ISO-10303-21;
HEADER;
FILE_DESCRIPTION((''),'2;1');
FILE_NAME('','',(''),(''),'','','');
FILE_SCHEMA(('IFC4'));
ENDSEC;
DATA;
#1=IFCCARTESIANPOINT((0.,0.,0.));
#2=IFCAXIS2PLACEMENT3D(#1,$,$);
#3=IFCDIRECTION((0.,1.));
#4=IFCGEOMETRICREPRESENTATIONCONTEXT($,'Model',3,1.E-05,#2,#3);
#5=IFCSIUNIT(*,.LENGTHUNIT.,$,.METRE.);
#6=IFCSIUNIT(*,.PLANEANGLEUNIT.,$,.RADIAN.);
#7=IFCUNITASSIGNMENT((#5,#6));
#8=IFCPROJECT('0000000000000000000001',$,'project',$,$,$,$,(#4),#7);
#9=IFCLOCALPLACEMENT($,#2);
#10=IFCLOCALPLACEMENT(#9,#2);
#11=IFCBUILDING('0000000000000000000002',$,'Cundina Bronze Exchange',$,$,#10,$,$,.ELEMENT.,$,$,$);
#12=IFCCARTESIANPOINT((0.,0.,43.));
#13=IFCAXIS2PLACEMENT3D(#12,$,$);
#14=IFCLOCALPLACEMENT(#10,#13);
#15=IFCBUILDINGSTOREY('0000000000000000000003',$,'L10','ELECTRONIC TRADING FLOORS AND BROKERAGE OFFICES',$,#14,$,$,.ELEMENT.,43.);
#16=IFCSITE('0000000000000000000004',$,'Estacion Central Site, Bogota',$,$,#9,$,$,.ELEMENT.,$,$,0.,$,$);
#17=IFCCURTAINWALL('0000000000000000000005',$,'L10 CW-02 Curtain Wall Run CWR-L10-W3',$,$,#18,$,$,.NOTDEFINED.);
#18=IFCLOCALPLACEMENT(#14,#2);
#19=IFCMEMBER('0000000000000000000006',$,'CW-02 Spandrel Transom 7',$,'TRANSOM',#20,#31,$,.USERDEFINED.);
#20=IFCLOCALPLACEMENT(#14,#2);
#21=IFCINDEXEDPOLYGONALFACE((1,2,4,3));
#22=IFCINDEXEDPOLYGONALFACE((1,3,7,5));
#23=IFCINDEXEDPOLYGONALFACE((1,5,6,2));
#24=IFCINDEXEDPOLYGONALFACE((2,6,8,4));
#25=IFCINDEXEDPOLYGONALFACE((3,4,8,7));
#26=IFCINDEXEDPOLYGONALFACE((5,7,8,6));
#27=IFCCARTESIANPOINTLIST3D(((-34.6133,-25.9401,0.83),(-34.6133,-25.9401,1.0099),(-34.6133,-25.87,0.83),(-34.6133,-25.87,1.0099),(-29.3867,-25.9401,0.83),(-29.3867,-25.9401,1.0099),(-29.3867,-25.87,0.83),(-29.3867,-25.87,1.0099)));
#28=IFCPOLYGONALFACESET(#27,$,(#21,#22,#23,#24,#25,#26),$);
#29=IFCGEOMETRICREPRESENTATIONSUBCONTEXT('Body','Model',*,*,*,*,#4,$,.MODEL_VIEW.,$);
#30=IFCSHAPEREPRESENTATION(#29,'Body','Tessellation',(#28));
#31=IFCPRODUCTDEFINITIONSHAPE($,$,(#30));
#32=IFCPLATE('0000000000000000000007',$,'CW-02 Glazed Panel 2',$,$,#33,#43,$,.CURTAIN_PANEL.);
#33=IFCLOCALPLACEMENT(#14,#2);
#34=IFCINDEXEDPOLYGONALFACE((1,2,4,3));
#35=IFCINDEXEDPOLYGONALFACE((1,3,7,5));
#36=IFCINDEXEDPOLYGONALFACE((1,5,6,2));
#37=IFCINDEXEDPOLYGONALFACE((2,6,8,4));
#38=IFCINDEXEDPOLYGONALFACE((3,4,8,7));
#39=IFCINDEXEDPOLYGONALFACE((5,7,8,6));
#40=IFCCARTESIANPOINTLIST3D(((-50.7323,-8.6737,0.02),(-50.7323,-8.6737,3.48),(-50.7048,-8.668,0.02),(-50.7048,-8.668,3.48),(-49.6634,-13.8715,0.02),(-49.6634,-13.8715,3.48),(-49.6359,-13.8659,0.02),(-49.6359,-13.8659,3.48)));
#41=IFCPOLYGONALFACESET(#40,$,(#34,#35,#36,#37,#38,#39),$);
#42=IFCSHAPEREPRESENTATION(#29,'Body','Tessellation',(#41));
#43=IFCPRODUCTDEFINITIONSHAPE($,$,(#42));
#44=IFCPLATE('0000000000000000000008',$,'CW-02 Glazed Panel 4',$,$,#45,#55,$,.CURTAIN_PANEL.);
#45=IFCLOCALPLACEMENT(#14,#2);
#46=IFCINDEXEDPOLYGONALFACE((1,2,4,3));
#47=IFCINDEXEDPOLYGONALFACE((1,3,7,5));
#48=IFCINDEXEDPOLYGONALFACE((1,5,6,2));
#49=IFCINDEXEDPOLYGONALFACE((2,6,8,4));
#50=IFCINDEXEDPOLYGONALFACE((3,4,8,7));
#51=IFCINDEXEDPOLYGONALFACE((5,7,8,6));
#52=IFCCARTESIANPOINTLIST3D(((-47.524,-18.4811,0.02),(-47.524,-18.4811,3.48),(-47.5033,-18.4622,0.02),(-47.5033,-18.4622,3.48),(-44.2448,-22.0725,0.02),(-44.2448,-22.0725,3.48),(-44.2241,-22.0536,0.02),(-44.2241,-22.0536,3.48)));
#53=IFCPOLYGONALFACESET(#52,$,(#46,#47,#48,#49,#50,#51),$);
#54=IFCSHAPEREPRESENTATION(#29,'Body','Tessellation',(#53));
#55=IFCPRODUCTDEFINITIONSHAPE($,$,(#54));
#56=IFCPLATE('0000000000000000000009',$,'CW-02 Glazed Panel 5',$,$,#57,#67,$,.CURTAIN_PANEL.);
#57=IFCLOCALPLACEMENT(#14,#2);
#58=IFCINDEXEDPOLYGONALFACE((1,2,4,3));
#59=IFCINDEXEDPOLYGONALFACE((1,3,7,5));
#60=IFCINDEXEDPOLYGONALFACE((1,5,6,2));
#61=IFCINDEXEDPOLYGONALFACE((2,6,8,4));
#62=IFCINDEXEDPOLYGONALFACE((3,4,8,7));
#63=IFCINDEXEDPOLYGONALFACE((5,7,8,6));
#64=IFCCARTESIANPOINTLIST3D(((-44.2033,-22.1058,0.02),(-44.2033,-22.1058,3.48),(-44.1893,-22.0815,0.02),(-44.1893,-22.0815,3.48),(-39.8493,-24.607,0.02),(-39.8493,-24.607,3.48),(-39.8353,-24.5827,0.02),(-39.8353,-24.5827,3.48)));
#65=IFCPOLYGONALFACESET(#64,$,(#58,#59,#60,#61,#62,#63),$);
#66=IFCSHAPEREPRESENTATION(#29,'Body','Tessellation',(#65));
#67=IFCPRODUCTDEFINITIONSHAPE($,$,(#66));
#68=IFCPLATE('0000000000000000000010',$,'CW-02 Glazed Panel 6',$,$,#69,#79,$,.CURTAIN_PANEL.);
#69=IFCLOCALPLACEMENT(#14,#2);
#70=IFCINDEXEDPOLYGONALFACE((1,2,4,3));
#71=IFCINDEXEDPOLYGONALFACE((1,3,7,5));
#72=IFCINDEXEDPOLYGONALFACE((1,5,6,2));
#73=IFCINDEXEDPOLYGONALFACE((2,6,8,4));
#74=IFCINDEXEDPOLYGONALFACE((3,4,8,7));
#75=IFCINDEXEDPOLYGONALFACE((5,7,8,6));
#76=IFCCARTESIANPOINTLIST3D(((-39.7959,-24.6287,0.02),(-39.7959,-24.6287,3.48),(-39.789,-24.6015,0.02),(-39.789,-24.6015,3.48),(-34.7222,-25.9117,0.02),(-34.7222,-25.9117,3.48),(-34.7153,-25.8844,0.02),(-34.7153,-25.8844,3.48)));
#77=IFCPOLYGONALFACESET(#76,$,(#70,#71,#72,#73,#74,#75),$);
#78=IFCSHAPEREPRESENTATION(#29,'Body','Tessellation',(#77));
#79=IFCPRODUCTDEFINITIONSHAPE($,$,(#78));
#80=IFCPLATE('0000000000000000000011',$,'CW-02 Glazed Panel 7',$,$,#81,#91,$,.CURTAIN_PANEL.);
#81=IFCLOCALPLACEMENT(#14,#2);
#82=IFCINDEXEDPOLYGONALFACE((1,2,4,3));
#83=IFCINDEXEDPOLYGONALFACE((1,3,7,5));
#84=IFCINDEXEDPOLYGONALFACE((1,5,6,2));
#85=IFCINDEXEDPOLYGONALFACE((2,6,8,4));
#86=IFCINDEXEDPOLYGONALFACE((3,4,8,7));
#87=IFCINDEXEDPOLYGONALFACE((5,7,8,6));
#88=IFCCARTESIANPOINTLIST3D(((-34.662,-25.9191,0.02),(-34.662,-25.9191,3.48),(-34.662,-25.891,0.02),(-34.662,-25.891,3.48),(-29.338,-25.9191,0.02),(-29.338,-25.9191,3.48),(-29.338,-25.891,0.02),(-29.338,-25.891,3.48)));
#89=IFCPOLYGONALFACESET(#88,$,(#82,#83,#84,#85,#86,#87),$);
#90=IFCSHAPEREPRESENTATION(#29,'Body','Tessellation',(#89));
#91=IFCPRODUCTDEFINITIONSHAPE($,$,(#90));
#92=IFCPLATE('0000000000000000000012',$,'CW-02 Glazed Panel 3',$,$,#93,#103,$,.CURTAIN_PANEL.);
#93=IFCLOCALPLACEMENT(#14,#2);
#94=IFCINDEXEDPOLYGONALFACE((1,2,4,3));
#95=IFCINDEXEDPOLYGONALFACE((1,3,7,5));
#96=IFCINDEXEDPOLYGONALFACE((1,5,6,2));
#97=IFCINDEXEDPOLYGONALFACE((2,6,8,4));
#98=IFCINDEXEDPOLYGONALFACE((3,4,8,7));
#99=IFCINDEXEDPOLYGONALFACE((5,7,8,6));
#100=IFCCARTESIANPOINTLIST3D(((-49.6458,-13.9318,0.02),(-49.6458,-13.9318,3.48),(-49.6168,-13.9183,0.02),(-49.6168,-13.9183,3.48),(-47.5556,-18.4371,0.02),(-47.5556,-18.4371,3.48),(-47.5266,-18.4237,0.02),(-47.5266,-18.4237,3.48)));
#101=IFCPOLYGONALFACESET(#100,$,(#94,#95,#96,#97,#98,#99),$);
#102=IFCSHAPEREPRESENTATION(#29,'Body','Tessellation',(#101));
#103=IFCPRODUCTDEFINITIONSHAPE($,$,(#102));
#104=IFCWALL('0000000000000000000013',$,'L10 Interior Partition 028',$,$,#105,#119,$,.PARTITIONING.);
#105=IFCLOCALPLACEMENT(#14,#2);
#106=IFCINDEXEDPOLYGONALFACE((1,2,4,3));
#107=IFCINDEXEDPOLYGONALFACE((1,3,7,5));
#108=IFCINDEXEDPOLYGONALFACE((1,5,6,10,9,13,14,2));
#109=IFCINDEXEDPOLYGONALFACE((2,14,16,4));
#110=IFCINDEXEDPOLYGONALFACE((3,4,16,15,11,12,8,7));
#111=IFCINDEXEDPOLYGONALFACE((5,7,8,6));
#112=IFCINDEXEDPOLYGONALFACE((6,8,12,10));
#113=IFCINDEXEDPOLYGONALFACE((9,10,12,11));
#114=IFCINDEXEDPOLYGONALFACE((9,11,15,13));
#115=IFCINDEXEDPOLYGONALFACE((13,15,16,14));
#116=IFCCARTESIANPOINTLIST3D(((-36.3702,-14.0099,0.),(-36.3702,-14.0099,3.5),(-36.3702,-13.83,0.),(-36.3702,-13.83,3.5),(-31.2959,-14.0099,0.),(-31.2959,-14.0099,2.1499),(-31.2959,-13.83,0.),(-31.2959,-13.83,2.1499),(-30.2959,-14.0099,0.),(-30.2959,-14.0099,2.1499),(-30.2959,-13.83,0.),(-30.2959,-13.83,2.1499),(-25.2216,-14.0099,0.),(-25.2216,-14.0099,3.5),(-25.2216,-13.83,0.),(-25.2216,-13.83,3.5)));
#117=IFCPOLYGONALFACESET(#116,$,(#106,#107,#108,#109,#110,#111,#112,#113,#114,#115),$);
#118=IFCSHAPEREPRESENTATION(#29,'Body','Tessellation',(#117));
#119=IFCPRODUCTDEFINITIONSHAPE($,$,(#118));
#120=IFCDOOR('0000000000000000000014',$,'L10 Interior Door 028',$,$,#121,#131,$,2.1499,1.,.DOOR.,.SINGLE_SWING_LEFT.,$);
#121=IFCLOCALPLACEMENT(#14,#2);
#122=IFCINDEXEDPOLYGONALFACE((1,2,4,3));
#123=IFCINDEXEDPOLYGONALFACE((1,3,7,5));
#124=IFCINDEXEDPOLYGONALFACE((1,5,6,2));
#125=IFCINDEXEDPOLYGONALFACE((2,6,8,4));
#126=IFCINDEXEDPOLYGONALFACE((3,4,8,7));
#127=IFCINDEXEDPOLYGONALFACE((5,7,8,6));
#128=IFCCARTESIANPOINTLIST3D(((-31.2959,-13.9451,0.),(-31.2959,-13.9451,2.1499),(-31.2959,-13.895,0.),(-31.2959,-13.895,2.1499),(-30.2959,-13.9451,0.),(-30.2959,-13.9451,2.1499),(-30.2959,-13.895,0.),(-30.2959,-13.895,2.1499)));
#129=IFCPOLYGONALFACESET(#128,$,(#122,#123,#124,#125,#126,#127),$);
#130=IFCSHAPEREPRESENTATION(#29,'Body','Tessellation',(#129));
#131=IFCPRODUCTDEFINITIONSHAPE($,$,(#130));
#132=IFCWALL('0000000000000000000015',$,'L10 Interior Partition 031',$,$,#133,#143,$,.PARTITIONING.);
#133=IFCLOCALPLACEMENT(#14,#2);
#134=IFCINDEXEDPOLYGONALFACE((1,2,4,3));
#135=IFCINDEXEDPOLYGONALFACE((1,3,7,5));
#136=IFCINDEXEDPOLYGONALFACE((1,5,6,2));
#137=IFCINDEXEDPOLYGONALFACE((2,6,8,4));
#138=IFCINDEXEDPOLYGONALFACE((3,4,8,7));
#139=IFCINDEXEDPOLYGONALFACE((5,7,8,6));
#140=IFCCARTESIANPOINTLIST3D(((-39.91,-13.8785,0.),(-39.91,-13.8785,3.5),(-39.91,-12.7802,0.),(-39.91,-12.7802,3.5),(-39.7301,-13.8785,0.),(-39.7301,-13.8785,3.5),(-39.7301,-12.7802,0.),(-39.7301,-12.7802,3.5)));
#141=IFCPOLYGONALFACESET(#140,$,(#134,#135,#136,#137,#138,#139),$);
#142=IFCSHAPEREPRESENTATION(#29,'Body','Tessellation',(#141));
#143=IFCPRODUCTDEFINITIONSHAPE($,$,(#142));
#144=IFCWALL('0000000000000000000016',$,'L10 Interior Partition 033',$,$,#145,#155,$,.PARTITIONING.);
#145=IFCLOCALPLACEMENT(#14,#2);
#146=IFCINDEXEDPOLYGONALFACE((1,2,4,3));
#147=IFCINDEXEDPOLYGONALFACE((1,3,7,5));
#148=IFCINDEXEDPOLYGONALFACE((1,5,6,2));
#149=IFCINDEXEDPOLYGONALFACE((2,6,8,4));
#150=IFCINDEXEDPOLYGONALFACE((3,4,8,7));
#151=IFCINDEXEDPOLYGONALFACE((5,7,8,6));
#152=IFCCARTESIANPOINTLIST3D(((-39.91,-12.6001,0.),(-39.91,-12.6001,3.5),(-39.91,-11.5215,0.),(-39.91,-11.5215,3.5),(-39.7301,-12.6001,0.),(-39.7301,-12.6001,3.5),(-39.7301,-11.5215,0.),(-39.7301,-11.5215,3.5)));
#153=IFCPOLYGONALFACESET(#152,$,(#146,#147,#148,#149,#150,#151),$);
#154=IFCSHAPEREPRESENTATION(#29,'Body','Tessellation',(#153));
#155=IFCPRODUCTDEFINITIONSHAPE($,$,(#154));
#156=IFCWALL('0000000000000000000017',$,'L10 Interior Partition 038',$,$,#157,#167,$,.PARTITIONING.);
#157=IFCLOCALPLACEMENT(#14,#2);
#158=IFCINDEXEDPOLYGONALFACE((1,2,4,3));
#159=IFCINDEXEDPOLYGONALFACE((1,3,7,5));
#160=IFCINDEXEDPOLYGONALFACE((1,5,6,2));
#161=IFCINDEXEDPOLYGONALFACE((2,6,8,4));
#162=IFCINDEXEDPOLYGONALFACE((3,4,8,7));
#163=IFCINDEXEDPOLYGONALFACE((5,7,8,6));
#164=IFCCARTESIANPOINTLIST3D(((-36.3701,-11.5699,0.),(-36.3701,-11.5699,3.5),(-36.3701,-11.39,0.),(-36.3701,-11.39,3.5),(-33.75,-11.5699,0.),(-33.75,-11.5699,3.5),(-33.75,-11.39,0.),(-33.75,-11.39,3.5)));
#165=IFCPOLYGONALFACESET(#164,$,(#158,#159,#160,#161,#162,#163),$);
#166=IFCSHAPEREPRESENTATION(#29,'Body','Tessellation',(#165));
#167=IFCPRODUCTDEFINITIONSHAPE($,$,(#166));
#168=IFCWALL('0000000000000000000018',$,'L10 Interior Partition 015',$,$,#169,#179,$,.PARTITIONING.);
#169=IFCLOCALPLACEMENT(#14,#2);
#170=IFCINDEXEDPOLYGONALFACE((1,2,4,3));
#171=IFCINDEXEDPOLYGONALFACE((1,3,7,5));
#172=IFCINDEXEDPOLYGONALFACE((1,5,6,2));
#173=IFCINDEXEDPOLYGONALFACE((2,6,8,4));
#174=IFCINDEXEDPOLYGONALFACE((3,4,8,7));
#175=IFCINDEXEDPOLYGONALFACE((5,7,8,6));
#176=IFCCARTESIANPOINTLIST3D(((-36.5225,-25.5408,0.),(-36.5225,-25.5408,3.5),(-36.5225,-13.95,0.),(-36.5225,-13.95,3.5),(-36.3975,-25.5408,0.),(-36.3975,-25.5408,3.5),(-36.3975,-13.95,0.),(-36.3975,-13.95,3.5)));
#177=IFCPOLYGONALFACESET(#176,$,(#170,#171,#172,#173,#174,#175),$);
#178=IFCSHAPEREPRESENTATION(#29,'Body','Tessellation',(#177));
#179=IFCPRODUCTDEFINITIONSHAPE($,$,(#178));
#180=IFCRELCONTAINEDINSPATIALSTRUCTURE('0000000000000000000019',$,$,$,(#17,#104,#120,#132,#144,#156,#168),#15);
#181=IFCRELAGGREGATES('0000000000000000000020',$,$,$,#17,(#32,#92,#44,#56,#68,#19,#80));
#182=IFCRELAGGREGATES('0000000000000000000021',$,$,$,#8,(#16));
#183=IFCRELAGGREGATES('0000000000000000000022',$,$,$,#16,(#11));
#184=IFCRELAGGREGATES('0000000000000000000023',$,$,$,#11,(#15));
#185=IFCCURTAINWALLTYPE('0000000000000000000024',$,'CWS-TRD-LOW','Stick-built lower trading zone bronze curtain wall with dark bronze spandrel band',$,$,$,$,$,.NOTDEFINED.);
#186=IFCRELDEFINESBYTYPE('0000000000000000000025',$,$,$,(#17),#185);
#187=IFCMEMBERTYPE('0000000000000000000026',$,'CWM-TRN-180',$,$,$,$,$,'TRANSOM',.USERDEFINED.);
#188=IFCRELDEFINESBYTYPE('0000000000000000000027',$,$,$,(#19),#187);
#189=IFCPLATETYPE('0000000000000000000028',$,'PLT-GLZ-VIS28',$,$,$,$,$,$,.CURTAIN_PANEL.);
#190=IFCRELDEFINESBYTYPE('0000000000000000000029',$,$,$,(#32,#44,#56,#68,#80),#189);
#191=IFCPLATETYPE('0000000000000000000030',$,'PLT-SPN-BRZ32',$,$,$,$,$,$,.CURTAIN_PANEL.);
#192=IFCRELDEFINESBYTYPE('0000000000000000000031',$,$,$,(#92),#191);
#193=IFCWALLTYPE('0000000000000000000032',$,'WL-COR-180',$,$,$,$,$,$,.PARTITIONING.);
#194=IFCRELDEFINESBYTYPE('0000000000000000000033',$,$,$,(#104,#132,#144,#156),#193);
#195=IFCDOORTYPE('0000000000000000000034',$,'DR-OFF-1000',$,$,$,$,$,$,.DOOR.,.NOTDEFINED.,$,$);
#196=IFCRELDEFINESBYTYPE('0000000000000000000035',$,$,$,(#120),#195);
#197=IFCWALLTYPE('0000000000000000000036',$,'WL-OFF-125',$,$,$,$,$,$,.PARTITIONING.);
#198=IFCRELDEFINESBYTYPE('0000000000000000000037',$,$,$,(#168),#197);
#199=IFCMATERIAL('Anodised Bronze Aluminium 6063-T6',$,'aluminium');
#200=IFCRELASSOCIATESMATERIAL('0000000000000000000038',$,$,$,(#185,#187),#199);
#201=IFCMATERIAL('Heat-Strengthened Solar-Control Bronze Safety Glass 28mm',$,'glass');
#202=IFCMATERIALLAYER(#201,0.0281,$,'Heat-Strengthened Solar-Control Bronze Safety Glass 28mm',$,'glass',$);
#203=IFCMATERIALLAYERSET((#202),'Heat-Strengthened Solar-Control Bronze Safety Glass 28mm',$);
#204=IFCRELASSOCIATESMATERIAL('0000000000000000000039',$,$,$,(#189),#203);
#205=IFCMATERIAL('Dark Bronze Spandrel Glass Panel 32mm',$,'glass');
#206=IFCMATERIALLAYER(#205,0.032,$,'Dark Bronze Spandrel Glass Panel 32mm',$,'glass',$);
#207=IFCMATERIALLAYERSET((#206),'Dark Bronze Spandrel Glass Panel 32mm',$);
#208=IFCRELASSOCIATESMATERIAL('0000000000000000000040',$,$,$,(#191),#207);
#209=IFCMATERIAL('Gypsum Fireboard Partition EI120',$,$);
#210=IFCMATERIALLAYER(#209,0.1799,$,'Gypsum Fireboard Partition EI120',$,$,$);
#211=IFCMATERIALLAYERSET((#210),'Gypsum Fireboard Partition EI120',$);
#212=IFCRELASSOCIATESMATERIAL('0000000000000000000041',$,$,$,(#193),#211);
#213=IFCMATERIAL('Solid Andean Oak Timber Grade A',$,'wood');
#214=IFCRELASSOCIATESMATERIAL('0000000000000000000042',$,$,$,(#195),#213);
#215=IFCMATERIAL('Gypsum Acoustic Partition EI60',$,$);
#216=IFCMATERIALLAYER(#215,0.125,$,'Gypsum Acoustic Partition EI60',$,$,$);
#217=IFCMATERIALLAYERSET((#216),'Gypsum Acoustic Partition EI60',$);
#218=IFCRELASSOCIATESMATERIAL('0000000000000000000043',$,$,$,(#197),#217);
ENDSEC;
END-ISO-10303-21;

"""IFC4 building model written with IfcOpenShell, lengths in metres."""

from ifc_helpers import new_model, si_unit, direction, frame, frame_2d, origin, origin_2d, place, context, subcontext, project, spatial, rectangle, extrude, material, layer, layer_set, material_profile, profile_set, type_object, element, fill, aggregate, save


model = new_model("IFC4")

# Units and contexts
model_context = context("Model", 3, precision=1e-05, world=origin(), true_north=direction((0.0, 1.0)))
body_context = subcontext(model_context, "Body", "Model", "MODEL_VIEW")
ifc_project = project(units=[si_unit("LENGTHUNIT", "METRE"), si_unit("PLANEANGLEUNIT", "RADIAN")], contexts=[model_context])

# Site, building, storey
site_placement = place(None, origin())
site = spatial("IfcSite", under=ifc_project, at=site_placement, Name="Estacion Central Site, Bogota", CompositionType="ELEMENT", RefElevation=0.0)
building_placement = place(site_placement, origin())
building = spatial("IfcBuilding", under=site, at=building_placement, Name="Cundina Bronze Exchange", CompositionType="ELEMENT")
storey_placement = place(building_placement, frame((0.0, 0.0, 43.0)))
storey = spatial("IfcBuildingStorey", under=building, at=storey_placement, Name="L10", Description="ELECTRONIC TRADING FLOORS AND BROKERAGE OFFICES", CompositionType="ELEMENT", Elevation=43.0)

# Curtain wall, member, plates
ifc_material_1 = material(Name="Anodised Bronze Aluminium 6063-T6", Category="aluminium")
curtain_wall_type = type_object("IfcCurtainWallType", Name="CWS-TRD-LOW", Description="Stick-built lower trading zone bronze curtain wall with dark bronze spandrel band", PredefinedType="NOTDEFINED", material=ifc_material_1)
curtain_wall_placement = place(storey_placement, origin())
curtain_wall = element("IfcCurtainWall", 1, at=curtain_wall_placement, inside=storey, type_object=curtain_wall_type, Name="L10 CW-02 Curtain Wall Run CWR-L10-W3", PredefinedType="NOTDEFINED")
ifc_material_profile_1 = material_profile(ifc_material_1, rectangle(XDim=0.0701, YDim=0.1799, at=origin_2d()), Name="AL70X180", Category="aluminium")
ifc_profile_set_1 = profile_set([ifc_material_profile_1], Name="Anodised Bronze Aluminium 6063-T6")
member_type_1 = type_object("IfcMemberType", Name="CWM-TRN-180", ElementType="TRANSOM", PredefinedType="USERDEFINED", material=ifc_profile_set_1)
member_1_placement = place(storey_placement, frame((-34.6133, -25.905, 0.9199), z_axis=(1.0, 0.0, 0.0), x_axis=(0.0, 1.0, 0.0)))
member_1 = element("IfcMember", 2, at=member_1_placement, type_object=member_type_1, Name="CW-02 Spandrel Transom 7", ObjectType="TRANSOM", PredefinedType="USERDEFINED", context=body_context, shape_type="SweptSolid", body=[
    extrude(rectangle(XDim=0.0701, YDim=0.1799, at=origin_2d()), origin(), (0.0, 0.0, 1.0), 5.2266),
])
ifc_material_2 = material(Name="Heat-Strengthened Solar-Control Bronze Safety Glass 28mm", Category="glass")
ifc_layer_1 = layer(ifc_material_2, 0.0281, Name="Heat-Strengthened Solar-Control Bronze Safety Glass 28mm", Category="glass")
ifc_layer_set_1 = layer_set([ifc_layer_1], Name="Heat-Strengthened Solar-Control Bronze Safety Glass 28mm")
plate_type_1 = type_object("IfcPlateType", Name="PLT-GLZ-VIS28", PredefinedType="CURTAIN_PANEL", material=ifc_layer_set_1)
plate_1_placement = place(storey_placement, frame((-50.1841, -11.2698, 0.02), z_axis=(0.0, 0.0, 1.0), x_axis=(0.20142, -0.979505, 0.0)))
plate_1 = element("IfcPlate", 3, at=plate_1_placement, type_object=plate_type_1, Name="CW-02 Glazed Panel 2", PredefinedType="CURTAIN_PANEL", context=body_context, shape_type="SweptSolid", body=[
    extrude(rectangle(XDim=5.3066, YDim=0.0281, at=origin_2d()), origin(), (0.0, 0.0, 1.0), 3.46),
])
plate_2_placement = place(storey_placement, frame((-45.874, -20.2673, 0.02), z_axis=(0.0, 0.0, 1.0), x_axis=(0.674277, -0.738479, 0.0)))
plate_2 = element("IfcPlate", 4, at=plate_2_placement, type_object=plate_type_1, Name="CW-02 Glazed Panel 4", PredefinedType="CURTAIN_PANEL", context=body_context, shape_type="SweptSolid", body=[
    extrude(rectangle(XDim=4.8633, YDim=0.0281, at=origin_2d()), origin(), (0.0, 0.0, 1.0), 3.46),
])
plate_3_placement = place(storey_placement, frame((-42.0193, -23.3442, 0.02), z_axis=(0.0, 0.0, 1.0), x_axis=(0.867105, -0.498125, 0.0)))
plate_3 = element("IfcPlate", 5, at=plate_3_placement, type_object=plate_type_1, Name="CW-02 Glazed Panel 5", PredefinedType="CURTAIN_PANEL", context=body_context, shape_type="SweptSolid", body=[
    extrude(rectangle(XDim=5.0212, YDim=0.0281, at=origin_2d()), origin(), (0.0, 0.0, 1.0), 3.46),
])
plate_4_placement = place(storey_placement, frame((-37.2556, -25.2566, 0.02), z_axis=(0.0, 0.0, 1.0), x_axis=(0.969488, -0.245138, 0.0)))
plate_4 = element("IfcPlate", 6, at=plate_4_placement, type_object=plate_type_1, Name="CW-02 Glazed Panel 6", PredefinedType="CURTAIN_PANEL", context=body_context, shape_type="SweptSolid", body=[
    extrude(rectangle(XDim=5.2334, YDim=0.0281, at=origin_2d()), origin(), (0.0, 0.0, 1.0), 3.46),
])
plate_5_placement = place(storey_placement, frame((-32.0, -25.905, 0.02), z_axis=(0.0, 0.0, 1.0), x_axis=(1.0, 0.0, 0.0)))
plate_5 = element("IfcPlate", 7, at=plate_5_placement, type_object=plate_type_1, Name="CW-02 Glazed Panel 7", PredefinedType="CURTAIN_PANEL", context=body_context, shape_type="SweptSolid", body=[
    extrude(rectangle(XDim=5.324, YDim=0.0281, at=origin_2d()), origin(), (0.0, 0.0, 1.0), 3.46),
])
ifc_material_3 = material(Name="Dark Bronze Spandrel Glass Panel 32mm", Category="glass")
ifc_layer_2 = layer(ifc_material_3, 0.032, Name="Dark Bronze Spandrel Glass Panel 32mm", Category="glass")
ifc_layer_set_2 = layer_set([ifc_layer_2], Name="Dark Bronze Spandrel Glass Panel 32mm")
plate_type_2 = type_object("IfcPlateType", Name="PLT-SPN-BRZ32", PredefinedType="CURTAIN_PANEL", material=ifc_layer_set_2)
plate_6_placement = place(storey_placement, frame((-48.5862, -16.1777, 0.02), z_axis=(0.0, 0.0, 1.0), x_axis=(0.420846, -0.907132, 0.0)))
plate_6 = element("IfcPlate", 8, at=plate_6_placement, type_object=plate_type_2, Name="CW-02 Glazed Panel 3", PredefinedType="CURTAIN_PANEL", context=body_context, shape_type="SweptSolid", body=[
    extrude(rectangle(XDim=4.9666, YDim=0.032, at=origin_2d()), origin(), (0.0, 0.0, 1.0), 3.46),
])
aggregate(curtain_wall, [plate_1, plate_6, plate_2, plate_3, plate_4, member_1, plate_5])

# Wall, opening, door
ifc_material_4 = material(Name="Gypsum Fireboard Partition EI120")
ifc_layer_3 = layer(ifc_material_4, 0.1799, Name="Gypsum Fireboard Partition EI120")
ifc_layer_set_3 = layer_set([ifc_layer_3], Name="Gypsum Fireboard Partition EI120")
wall_type_1 = type_object("IfcWallType", Name="WL-COR-180", PredefinedType="PARTITIONING", material=ifc_layer_set_3)
wall_1_placement = place(storey_placement, frame((-36.3701, -13.9199, 0.0), z_axis=(0.0, 0.0, 1.0), x_axis=(1.0, 0.0, 0.0)))
wall_1 = element("IfcWall", 9, at=wall_1_placement, inside=storey, type_object=wall_type_1, Name="L10 Interior Partition 028", PredefinedType="PARTITIONING", context=body_context, shape_type="SweptSolid", body=[
    extrude(rectangle(XDim=11.1487, YDim=0.1799, at=frame_2d((5.5742, 0.0))), origin(), (0.0, 0.0, 1.0), 3.5),
])
opening_1_placement = place(wall_1_placement, frame((5.0742, 0.0, 0.0)))
opening_1 = element("IfcOpeningElement", 10, at=opening_1_placement, cuts=wall_1, PredefinedType="OPENING", context=body_context, shape_type="SweptSolid", body=[
    extrude(rectangle(XDim=1.0, YDim=2.1499, at=frame_2d((0.5, 1.075))), frame((0.0, 0.0999, 0.0), z_axis=(0.0, -1.0, 0.0), x_axis=(1.0, 0.0, 0.0)), (0.0, 0.0, 1.0), 0.2),
])
ifc_material_5 = material(Name="Solid Andean Oak Timber Grade A", Category="wood")
door_type = type_object("IfcDoorType", Name="DR-OFF-1000", OperationType="NOTDEFINED", PredefinedType="DOOR", material=ifc_material_5)
door_1_placement = place(opening_1_placement, origin())
door_1 = element("IfcDoor", 11, at=door_1_placement, inside=storey, type_object=door_type, Name="L10 Interior Door 028", OperationType="SINGLE_SWING_LEFT", OverallHeight=2.1499, OverallWidth=1.0, PredefinedType="DOOR", context=body_context, shape_type="SweptSolid", body=[
    extrude(rectangle(XDim=1.0, YDim=2.1499, at=frame_2d((0.5, 1.075))), frame((0.0, 0.0249, 0.0), z_axis=(0.0, -1.0, 0.0), x_axis=(1.0, 0.0, 0.0)), (0.0, 0.0, 1.0), 0.05),
])
fill(opening_1, door_1)

# Wall
wall_2_placement = place(storey_placement, frame((-39.8201, -12.78, 0.0), z_axis=(0.0, 0.0, 1.0), x_axis=(0.0, -1.0, 0.0)))
element("IfcWall", 12, at=wall_2_placement, inside=storey, type_object=wall_type_1, Name="L10 Interior Partition 031", PredefinedType="PARTITIONING", context=body_context, shape_type="SweptSolid", body=[
    extrude(rectangle(XDim=1.0984, YDim=0.1799, at=frame_2d((0.5493, 0.0))), origin(), (0.0, 0.0, 1.0), 3.5),
])

# Walls
wall_3_placement = place(storey_placement, frame((-39.8201, -11.5215, 0.0), z_axis=(0.0, 0.0, 1.0), x_axis=(0.0, -1.0, 0.0)))
element("IfcWall", 13, at=wall_3_placement, inside=storey, type_object=wall_type_1, Name="L10 Interior Partition 033", PredefinedType="PARTITIONING", context=body_context, shape_type="SweptSolid", body=[
    extrude(rectangle(XDim=1.0786, YDim=0.1799, at=frame_2d((0.5393, 0.0))), origin(), (0.0, 0.0, 1.0), 3.5),
])
wall_4_placement = place(storey_placement, frame((-33.75, -11.48, 0.0), z_axis=(0.0, 0.0, 1.0), x_axis=(-1.0, 0.0, 0.0)))
element("IfcWall", 14, at=wall_4_placement, inside=storey, type_object=wall_type_1, Name="L10 Interior Partition 038", PredefinedType="PARTITIONING", context=body_context, shape_type="SweptSolid", body=[
    extrude(rectangle(XDim=2.6201, YDim=0.1799, at=frame_2d((1.3101, 0.0))), origin(), (0.0, 0.0, 1.0), 3.5),
])
ifc_material_6 = material(Name="Gypsum Acoustic Partition EI60")
ifc_layer_4 = layer(ifc_material_6, 0.125, Name="Gypsum Acoustic Partition EI60")
ifc_layer_set_4 = layer_set([ifc_layer_4], Name="Gypsum Acoustic Partition EI60")
wall_type_2 = type_object("IfcWallType", Name="WL-OFF-125", PredefinedType="PARTITIONING", material=ifc_layer_set_4)
wall_5_placement = place(storey_placement, frame((-36.46, -25.5408, 0.0), z_axis=(0.0, 0.0, 1.0), x_axis=(0.0, 1.0, 0.0)))
element("IfcWall", 15, at=wall_5_placement, inside=storey, type_object=wall_type_2, Name="L10 Interior Partition 015", PredefinedType="PARTITIONING", context=body_context, shape_type="SweptSolid", body=[
    extrude(rectangle(XDim=11.5908, YDim=0.125, at=frame_2d((5.7954, 0.0))), origin(), (0.0, 0.0, 1.0), 3.5),
])

save(model, "model.ifc")
